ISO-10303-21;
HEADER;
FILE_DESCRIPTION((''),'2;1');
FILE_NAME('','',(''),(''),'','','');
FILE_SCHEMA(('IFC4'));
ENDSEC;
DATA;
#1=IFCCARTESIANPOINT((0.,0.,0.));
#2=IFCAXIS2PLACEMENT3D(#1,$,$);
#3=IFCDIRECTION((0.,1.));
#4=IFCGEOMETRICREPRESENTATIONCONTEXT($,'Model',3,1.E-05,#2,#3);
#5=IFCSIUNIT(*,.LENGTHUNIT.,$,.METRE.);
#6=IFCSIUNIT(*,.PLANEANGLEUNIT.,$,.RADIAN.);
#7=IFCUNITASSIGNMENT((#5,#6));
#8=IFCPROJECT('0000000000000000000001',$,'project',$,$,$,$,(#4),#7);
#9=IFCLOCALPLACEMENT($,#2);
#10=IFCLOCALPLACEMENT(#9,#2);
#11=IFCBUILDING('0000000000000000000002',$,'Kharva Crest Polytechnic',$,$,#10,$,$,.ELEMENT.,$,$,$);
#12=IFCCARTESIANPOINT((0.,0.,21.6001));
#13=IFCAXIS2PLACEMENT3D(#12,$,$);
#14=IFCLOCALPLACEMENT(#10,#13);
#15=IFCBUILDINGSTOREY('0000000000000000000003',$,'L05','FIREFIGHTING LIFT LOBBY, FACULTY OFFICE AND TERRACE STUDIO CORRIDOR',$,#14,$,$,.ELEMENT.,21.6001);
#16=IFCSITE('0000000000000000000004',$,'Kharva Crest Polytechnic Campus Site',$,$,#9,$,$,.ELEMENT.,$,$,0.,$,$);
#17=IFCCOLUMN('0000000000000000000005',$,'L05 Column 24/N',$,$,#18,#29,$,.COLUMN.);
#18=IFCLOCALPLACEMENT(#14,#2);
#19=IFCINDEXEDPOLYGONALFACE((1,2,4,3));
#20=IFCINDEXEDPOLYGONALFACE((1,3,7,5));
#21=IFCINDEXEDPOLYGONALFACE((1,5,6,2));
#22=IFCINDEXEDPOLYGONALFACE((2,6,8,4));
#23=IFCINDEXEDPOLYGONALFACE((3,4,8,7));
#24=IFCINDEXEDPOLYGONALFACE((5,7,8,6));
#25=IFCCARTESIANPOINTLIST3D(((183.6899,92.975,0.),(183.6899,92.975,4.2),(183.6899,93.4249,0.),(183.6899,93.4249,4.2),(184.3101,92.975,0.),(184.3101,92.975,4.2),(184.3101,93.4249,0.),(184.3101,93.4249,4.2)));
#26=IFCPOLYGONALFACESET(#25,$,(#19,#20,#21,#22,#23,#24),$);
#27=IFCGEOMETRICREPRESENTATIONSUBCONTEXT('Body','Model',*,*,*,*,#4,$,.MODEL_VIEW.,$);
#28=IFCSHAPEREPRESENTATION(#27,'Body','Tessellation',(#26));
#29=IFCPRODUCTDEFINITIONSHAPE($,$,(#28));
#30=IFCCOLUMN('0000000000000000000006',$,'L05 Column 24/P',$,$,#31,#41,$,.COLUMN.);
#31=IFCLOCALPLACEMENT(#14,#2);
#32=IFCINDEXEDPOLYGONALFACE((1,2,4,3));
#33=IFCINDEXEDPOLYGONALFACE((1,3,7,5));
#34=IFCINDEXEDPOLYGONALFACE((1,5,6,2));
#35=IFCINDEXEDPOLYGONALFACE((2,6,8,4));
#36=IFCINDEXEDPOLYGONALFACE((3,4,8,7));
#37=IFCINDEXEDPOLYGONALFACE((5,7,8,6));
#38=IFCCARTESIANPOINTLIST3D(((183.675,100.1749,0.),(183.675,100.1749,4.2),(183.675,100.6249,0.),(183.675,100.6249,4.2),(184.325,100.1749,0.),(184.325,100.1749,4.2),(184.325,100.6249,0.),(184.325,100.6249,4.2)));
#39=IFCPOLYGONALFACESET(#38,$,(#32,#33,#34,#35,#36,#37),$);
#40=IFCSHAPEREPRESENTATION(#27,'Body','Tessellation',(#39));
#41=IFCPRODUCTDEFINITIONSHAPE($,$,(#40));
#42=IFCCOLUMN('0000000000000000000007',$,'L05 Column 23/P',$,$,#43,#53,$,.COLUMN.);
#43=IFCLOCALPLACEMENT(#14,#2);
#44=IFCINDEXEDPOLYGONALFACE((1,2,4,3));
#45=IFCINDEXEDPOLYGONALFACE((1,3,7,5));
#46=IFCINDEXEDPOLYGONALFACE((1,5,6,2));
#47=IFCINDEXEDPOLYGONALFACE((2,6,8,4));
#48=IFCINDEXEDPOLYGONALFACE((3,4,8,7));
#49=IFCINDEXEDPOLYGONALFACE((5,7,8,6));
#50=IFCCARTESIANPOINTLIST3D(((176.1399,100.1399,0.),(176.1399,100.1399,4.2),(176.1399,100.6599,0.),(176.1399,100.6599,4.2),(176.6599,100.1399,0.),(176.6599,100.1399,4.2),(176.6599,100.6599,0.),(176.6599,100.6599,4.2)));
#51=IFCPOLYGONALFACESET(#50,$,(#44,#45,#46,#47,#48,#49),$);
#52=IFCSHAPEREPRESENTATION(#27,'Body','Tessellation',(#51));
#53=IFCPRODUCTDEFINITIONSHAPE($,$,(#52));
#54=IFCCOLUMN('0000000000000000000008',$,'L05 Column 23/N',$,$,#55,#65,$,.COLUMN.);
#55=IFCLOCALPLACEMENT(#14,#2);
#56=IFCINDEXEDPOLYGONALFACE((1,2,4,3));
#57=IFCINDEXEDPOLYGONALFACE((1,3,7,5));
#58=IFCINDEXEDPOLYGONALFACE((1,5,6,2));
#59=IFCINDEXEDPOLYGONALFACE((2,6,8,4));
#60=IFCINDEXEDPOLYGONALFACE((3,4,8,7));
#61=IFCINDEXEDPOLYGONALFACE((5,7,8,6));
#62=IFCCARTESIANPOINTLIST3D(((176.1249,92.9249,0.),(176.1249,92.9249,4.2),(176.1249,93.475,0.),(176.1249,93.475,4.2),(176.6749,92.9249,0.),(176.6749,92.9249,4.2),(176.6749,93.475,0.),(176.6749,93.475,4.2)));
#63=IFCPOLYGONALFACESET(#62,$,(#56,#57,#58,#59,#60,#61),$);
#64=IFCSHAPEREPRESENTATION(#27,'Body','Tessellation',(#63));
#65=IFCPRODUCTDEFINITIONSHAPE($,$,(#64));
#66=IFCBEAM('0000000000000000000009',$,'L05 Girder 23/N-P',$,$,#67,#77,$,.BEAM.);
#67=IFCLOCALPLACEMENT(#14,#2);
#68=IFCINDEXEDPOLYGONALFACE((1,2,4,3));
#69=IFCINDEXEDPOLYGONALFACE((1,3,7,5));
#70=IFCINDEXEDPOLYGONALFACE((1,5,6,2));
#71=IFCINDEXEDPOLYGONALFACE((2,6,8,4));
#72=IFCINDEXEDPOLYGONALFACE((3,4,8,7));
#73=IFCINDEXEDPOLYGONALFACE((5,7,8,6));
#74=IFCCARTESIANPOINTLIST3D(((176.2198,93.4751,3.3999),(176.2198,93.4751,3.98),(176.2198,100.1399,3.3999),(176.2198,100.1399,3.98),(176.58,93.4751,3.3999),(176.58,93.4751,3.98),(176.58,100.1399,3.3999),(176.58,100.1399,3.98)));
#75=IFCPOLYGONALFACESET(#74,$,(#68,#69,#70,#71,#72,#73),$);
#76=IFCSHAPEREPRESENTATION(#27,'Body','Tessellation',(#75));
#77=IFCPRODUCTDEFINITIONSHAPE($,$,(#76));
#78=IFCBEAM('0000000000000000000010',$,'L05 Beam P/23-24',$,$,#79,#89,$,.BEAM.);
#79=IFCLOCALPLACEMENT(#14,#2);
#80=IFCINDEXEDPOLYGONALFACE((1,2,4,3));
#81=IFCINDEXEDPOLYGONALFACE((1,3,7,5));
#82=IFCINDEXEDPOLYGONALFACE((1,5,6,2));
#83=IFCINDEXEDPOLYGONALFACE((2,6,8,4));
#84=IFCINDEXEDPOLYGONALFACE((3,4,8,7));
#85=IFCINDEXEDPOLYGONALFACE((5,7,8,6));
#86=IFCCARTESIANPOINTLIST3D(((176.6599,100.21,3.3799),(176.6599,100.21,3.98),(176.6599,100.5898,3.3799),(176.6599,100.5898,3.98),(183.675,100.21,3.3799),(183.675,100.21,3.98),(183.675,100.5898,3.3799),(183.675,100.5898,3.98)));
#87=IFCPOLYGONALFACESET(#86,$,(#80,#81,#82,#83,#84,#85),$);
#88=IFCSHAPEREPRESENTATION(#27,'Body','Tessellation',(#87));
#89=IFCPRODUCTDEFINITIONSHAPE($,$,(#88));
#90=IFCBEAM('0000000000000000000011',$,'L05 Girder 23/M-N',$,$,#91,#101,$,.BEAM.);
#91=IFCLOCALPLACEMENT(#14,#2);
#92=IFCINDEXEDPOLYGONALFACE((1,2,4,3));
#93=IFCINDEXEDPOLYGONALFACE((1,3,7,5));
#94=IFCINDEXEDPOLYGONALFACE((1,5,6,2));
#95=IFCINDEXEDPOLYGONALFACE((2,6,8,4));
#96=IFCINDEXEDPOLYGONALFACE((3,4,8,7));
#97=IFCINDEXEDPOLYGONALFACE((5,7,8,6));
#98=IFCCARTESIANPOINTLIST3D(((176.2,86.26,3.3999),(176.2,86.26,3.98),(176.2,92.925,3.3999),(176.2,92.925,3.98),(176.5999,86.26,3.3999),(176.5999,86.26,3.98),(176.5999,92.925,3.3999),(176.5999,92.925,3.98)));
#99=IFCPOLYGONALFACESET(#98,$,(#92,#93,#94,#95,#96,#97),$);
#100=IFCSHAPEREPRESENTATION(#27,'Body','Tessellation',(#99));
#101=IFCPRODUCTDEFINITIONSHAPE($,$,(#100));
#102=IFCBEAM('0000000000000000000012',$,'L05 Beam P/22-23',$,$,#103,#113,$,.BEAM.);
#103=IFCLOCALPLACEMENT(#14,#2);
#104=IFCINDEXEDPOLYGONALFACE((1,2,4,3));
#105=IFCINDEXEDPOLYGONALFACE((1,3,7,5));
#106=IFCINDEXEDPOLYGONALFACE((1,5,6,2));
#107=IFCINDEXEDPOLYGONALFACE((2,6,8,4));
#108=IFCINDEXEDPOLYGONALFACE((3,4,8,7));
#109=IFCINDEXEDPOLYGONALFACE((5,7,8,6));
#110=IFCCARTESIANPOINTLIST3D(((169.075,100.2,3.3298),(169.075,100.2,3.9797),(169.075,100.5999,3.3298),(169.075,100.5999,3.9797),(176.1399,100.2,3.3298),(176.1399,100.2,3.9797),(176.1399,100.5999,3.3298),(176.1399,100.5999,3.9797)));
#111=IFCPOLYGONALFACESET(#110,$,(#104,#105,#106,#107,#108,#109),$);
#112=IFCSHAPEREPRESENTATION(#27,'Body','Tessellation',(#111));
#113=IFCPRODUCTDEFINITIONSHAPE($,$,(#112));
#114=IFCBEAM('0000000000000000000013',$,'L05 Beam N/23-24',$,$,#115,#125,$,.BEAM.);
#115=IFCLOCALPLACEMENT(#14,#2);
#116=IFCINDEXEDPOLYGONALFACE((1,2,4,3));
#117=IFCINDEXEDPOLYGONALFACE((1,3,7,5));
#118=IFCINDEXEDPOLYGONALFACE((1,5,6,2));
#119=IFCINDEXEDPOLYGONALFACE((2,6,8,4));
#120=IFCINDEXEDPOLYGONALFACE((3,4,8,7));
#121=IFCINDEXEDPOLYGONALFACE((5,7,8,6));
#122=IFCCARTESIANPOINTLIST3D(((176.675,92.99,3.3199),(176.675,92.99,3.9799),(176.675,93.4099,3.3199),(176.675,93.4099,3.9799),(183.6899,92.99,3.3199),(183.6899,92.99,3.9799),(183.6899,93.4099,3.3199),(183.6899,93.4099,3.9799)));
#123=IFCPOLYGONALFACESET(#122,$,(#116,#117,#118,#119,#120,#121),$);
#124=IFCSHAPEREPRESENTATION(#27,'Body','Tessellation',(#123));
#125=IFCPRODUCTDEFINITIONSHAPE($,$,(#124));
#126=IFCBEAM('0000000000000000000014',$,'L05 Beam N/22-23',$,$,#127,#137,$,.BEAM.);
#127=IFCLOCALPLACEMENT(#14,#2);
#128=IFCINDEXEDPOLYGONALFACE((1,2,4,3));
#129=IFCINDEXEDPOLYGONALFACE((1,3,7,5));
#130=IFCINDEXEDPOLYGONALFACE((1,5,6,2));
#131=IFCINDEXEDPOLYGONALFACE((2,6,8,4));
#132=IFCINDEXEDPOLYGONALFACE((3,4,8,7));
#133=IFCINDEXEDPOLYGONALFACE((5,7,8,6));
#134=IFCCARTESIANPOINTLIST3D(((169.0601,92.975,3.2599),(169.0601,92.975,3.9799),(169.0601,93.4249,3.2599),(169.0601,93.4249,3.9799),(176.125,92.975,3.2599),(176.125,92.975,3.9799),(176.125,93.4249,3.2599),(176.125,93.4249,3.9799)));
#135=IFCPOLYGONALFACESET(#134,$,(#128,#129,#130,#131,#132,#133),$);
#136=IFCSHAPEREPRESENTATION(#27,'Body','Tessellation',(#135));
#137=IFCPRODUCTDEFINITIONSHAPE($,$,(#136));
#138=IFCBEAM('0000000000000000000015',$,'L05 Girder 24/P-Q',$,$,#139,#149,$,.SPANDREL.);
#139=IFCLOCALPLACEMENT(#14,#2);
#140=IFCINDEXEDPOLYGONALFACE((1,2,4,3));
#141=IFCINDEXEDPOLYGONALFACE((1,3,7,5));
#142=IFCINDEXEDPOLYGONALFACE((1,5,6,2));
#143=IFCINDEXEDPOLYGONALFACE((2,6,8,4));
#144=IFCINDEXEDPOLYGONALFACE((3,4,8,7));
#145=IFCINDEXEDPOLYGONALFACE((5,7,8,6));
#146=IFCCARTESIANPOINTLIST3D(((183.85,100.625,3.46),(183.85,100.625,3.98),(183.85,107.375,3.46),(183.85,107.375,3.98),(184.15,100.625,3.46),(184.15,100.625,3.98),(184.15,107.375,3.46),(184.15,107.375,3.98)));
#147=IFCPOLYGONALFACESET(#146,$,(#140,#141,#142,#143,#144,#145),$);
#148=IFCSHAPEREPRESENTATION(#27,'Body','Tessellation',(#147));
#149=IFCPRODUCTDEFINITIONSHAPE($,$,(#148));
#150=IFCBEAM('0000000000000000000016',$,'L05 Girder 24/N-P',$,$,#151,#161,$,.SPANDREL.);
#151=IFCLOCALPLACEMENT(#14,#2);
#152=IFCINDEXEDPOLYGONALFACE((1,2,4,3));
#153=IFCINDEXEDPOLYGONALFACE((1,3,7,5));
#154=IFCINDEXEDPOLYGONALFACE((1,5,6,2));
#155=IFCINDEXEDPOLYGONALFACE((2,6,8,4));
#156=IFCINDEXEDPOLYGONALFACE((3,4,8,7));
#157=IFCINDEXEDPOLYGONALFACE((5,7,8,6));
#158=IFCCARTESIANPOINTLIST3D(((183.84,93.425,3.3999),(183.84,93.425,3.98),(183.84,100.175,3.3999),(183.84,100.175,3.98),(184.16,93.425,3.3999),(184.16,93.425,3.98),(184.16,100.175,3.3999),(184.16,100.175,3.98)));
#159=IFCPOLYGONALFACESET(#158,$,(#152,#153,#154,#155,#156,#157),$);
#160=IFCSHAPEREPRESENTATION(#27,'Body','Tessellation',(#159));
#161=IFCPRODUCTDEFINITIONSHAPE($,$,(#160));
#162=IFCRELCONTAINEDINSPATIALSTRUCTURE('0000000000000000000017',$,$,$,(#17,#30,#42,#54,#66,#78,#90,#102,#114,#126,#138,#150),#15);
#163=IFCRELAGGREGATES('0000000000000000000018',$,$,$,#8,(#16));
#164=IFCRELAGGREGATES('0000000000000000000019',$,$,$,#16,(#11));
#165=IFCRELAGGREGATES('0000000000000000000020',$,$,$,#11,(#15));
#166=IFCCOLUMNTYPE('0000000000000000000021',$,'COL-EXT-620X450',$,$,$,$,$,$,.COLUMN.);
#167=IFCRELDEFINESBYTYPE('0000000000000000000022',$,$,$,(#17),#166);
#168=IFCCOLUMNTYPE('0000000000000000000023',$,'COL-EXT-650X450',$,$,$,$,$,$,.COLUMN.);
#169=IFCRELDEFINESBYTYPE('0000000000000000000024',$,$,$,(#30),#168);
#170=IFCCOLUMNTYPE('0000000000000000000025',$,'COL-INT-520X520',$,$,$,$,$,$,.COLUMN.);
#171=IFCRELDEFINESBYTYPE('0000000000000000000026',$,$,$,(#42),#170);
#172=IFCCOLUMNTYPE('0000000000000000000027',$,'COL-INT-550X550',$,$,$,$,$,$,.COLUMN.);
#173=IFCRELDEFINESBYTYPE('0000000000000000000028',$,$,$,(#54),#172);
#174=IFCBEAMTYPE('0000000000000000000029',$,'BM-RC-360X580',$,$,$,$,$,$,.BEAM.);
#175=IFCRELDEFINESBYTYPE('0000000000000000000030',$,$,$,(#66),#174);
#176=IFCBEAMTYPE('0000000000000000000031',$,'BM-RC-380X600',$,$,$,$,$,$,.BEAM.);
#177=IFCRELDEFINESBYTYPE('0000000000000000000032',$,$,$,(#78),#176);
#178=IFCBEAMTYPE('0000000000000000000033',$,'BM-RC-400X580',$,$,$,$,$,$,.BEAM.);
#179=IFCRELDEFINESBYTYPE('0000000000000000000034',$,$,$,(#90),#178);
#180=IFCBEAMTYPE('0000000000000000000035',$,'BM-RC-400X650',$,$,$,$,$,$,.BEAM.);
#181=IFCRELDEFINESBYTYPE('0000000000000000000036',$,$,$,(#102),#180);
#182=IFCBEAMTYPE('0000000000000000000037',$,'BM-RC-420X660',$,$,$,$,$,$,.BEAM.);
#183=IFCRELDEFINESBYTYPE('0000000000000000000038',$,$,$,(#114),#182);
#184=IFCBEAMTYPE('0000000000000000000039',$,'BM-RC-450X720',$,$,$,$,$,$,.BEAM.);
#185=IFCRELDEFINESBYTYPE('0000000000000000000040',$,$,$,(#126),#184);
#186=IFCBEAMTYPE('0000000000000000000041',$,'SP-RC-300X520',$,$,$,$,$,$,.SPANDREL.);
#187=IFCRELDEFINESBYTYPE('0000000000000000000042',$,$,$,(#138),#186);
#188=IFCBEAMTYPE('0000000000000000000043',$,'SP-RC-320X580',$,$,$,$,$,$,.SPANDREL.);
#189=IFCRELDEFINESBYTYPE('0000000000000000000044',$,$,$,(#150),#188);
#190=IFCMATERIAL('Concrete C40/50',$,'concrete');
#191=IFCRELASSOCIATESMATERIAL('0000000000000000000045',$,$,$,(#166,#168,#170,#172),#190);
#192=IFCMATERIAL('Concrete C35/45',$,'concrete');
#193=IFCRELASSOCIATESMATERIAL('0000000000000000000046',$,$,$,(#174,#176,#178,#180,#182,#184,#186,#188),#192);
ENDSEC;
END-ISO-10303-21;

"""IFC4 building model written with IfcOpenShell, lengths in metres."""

from ifc_helpers import new_model, si_unit, direction, frame, origin, origin_2d, place, context, subcontext, project, spatial, rectangle, extrude, material, material_profile, profile_set, type_object, element, save


model = new_model("IFC4")

# Units and contexts
model_context = context("Model", 3, precision=1e-05, world=origin(), true_north=direction((0.0, 1.0)))
body_context = subcontext(model_context, "Body", "Model", "MODEL_VIEW")
ifc_project = project(units=[si_unit("LENGTHUNIT", "METRE"), si_unit("PLANEANGLEUNIT", "RADIAN")], contexts=[model_context])

# Site, building, storey
site_placement = place(None, origin())
site = spatial("IfcSite", under=ifc_project, at=site_placement, Name="Kharva Crest Polytechnic Campus Site", CompositionType="ELEMENT", RefElevation=0.0)
building_placement = place(site_placement, origin())
building = spatial("IfcBuilding", under=site, at=building_placement, Name="Kharva Crest Polytechnic", CompositionType="ELEMENT")
storey_placement = place(building_placement, frame((0.0, 0.0, 21.6001)))
storey = spatial("IfcBuildingStorey", under=building, at=storey_placement, Name="L05", Description="FIREFIGHTING LIFT LOBBY, FACULTY OFFICE AND TERRACE STUDIO CORRIDOR", CompositionType="ELEMENT", Elevation=21.6001)

# Columns
ifc_material_1 = material(Name="Concrete C40/50", Category="concrete")
ifc_material_profile_1 = material_profile(ifc_material_1, rectangle(XDim=0.6201, YDim=0.45, at=origin_2d()), Name="RECT 620 X 450")
ifc_profile_set_1 = profile_set([ifc_material_profile_1], Name="Concrete C40/50")
column_type_1 = type_object("IfcColumnType", Name="COL-EXT-620X450", PredefinedType="COLUMN", material=ifc_profile_set_1)
column_1_placement = place(storey_placement, frame((184.0, 93.2, 0.0), z_axis=(0.0, 0.0, 1.0), x_axis=(1.0, 0.0, 0.0)))
element("IfcColumn", 1, at=column_1_placement, inside=storey, type_object=column_type_1, Name="L05 Column 24/N", PredefinedType="COLUMN", context=body_context, shape_type="SweptSolid", body=[
    extrude(rectangle(XDim=0.6201, YDim=0.45, at=origin_2d()), origin(), (0.0, 0.0, 1.0), 4.2),
])
ifc_material_profile_2 = material_profile(ifc_material_1, rectangle(XDim=0.6499, YDim=0.45, at=origin_2d()), Name="RECT 650 X 450")
ifc_profile_set_2 = profile_set([ifc_material_profile_2], Name="Concrete C40/50")
column_type_2 = type_object("IfcColumnType", Name="COL-EXT-650X450", PredefinedType="COLUMN", material=ifc_profile_set_2)
column_2_placement = place(storey_placement, frame((184.0, 100.3999, 0.0), z_axis=(0.0, 0.0, 1.0), x_axis=(1.0, 0.0, 0.0)))
element("IfcColumn", 2, at=column_2_placement, inside=storey, type_object=column_type_2, Name="L05 Column 24/P", PredefinedType="COLUMN", context=body_context, shape_type="SweptSolid", body=[
    extrude(rectangle(XDim=0.6499, YDim=0.45, at=origin_2d()), origin(), (0.0, 0.0, 1.0), 4.2),
])
ifc_material_profile_3 = material_profile(ifc_material_1, rectangle(XDim=0.52, YDim=0.52, at=origin_2d()), Name="RECT 520 X 520")
ifc_profile_set_3 = profile_set([ifc_material_profile_3], Name="Concrete C40/50")
column_type_3 = type_object("IfcColumnType", Name="COL-INT-520X520", PredefinedType="COLUMN", material=ifc_profile_set_3)
column_3_placement = place(storey_placement, frame((176.3999, 100.3999, 0.0), z_axis=(0.0, 0.0, 1.0), x_axis=(1.0, 0.0, 0.0)))
element("IfcColumn", 3, at=column_3_placement, inside=storey, type_object=column_type_3, Name="L05 Column 23/P", PredefinedType="COLUMN", context=body_context, shape_type="SweptSolid", body=[
    extrude(rectangle(XDim=0.52, YDim=0.52, at=origin_2d()), origin(), (0.0, 0.0, 1.0), 4.2),
])
ifc_material_profile_4 = material_profile(ifc_material_1, rectangle(XDim=0.55, YDim=0.55, at=origin_2d()), Name="RECT 550 X 550")
ifc_profile_set_4 = profile_set([ifc_material_profile_4], Name="Concrete C40/50")
column_type_4 = type_object("IfcColumnType", Name="COL-INT-550X550", PredefinedType="COLUMN", material=ifc_profile_set_4)
column_4_placement = place(storey_placement, frame((176.3999, 93.2, 0.0), z_axis=(0.0, 0.0, 1.0), x_axis=(1.0, 0.0, 0.0)))
element("IfcColumn", 4, at=column_4_placement, inside=storey, type_object=column_type_4, Name="L05 Column 23/N", PredefinedType="COLUMN", context=body_context, shape_type="SweptSolid", body=[
    extrude(rectangle(XDim=0.55, YDim=0.55, at=origin_2d()), origin(), (0.0, 0.0, 1.0), 4.2),
])

# Beams
ifc_material_2 = material(Name="Concrete C35/45", Category="concrete")
ifc_material_profile_5 = material_profile(ifc_material_2, rectangle(XDim=0.3601, YDim=0.5801, at=origin_2d()), Name="RECT 360 X 580")
ifc_profile_set_5 = profile_set([ifc_material_profile_5], Name="Concrete C35/45")
beam_type_1 = type_object("IfcBeamType", Name="BM-RC-360X580", PredefinedType="BEAM", material=ifc_profile_set_5)
beam_1_placement = place(storey_placement, frame((176.3999, 93.4751, 3.6899), z_axis=(0.0, 1.0, 0.0), x_axis=(-1.0, 0.0, 0.0)))
element("IfcBeam", 5, at=beam_1_placement, inside=storey, type_object=beam_type_1, Name="L05 Girder 23/N-P", PredefinedType="BEAM", context=body_context, shape_type="SweptSolid", body=[
    extrude(rectangle(XDim=0.3601, YDim=0.5801, at=origin_2d()), origin(), (0.0, 0.0, 1.0), 6.6648),
])
ifc_material_profile_6 = material_profile(ifc_material_2, rectangle(XDim=0.3799, YDim=0.6001, at=origin_2d()), Name="RECT 380 X 600")
ifc_profile_set_6 = profile_set([ifc_material_profile_6], Name="Concrete C35/45")
beam_type_2 = type_object("IfcBeamType", Name="BM-RC-380X600", PredefinedType="BEAM", material=ifc_profile_set_6)
beam_2_placement = place(storey_placement, frame((176.6599, 100.3999, 3.6799), z_axis=(1.0, 0.0, 0.0), x_axis=(0.0, 1.0, 0.0)))
element("IfcBeam", 6, at=beam_2_placement, inside=storey, type_object=beam_type_2, Name="L05 Beam P/23-24", PredefinedType="BEAM", context=body_context, shape_type="SweptSolid", body=[
    extrude(rectangle(XDim=0.3799, YDim=0.6001, at=origin_2d()), origin(), (0.0, 0.0, 1.0), 7.0151),
])
ifc_material_profile_7 = material_profile(ifc_material_2, rectangle(XDim=0.3999, YDim=0.5801, at=origin_2d()), Name="RECT 400 X 580")
ifc_profile_set_7 = profile_set([ifc_material_profile_7], Name="Concrete C35/45")
beam_type_3 = type_object("IfcBeamType", Name="BM-RC-400X580", PredefinedType="BEAM", material=ifc_profile_set_7)
beam_3_placement = place(storey_placement, frame((176.3999, 86.26, 3.6899), z_axis=(0.0, 1.0, 0.0), x_axis=(-1.0, 0.0, 0.0)))
element("IfcBeam", 7, at=beam_3_placement, inside=storey, type_object=beam_type_3, Name="L05 Girder 23/M-N", PredefinedType="BEAM", context=body_context, shape_type="SweptSolid", body=[
    extrude(rectangle(XDim=0.3999, YDim=0.5801, at=origin_2d()), origin(), (0.0, 0.0, 1.0), 6.665),
])
ifc_material_profile_8 = material_profile(ifc_material_2, rectangle(XDim=0.3999, YDim=0.6499, at=origin_2d()), Name="RECT 400 X 650")
ifc_profile_set_8 = profile_set([ifc_material_profile_8], Name="Concrete C35/45")
beam_type_4 = type_object("IfcBeamType", Name="BM-RC-400X650", PredefinedType="BEAM", material=ifc_profile_set_8)
beam_4_placement = place(storey_placement, frame((169.075, 100.3999, 3.6548), z_axis=(1.0, 0.0, 0.0), x_axis=(0.0, 1.0, 0.0)))
element("IfcBeam", 8, at=beam_4_placement, inside=storey, type_object=beam_type_4, Name="L05 Beam P/22-23", PredefinedType="BEAM", context=body_context, shape_type="SweptSolid", body=[
    extrude(rectangle(XDim=0.3999, YDim=0.6499, at=origin_2d()), origin(), (0.0, 0.0, 1.0), 7.0649),
])
ifc_material_profile_9 = material_profile(ifc_material_2, rectangle(XDim=0.4199, YDim=0.6599, at=origin_2d()), Name="RECT 420 X 660")
ifc_profile_set_9 = profile_set([ifc_material_profile_9], Name="Concrete C35/45")
beam_type_5 = type_object("IfcBeamType", Name="BM-RC-420X660", PredefinedType="BEAM", material=ifc_profile_set_9)
beam_5_placement = place(storey_placement, frame((176.675, 93.2, 3.6499), z_axis=(1.0, 0.0, 0.0), x_axis=(0.0, 1.0, 0.0)))
element("IfcBeam", 9, at=beam_5_placement, inside=storey, type_object=beam_type_5, Name="L05 Beam N/23-24", PredefinedType="BEAM", context=body_context, shape_type="SweptSolid", body=[
    extrude(rectangle(XDim=0.4199, YDim=0.6599, at=origin_2d()), origin(), (0.0, 0.0, 1.0), 7.0149),
])
ifc_material_profile_10 = material_profile(ifc_material_2, rectangle(XDim=0.45, YDim=0.72, at=origin_2d()), Name="RECT 450 X 720")
ifc_profile_set_10 = profile_set([ifc_material_profile_10], Name="Concrete C35/45")
beam_type_6 = type_object("IfcBeamType", Name="BM-RC-450X720", PredefinedType="BEAM", material=ifc_profile_set_10)
beam_6_placement = place(storey_placement, frame((169.0601, 93.2, 3.6199), z_axis=(1.0, 0.0, 0.0), x_axis=(0.0, 1.0, 0.0)))
element("IfcBeam", 10, at=beam_6_placement, inside=storey, type_object=beam_type_6, Name="L05 Beam N/22-23", PredefinedType="BEAM", context=body_context, shape_type="SweptSolid", body=[
    extrude(rectangle(XDim=0.45, YDim=0.72, at=origin_2d()), origin(), (0.0, 0.0, 1.0), 7.0649),
])
ifc_material_profile_11 = material_profile(ifc_material_2, rectangle(XDim=0.3, YDim=0.52, at=origin_2d()), Name="RECT 300 X 520")
ifc_profile_set_11 = profile_set([ifc_material_profile_11], Name="Concrete C35/45")
beam_type_7 = type_object("IfcBeamType", Name="SP-RC-300X520", PredefinedType="SPANDREL", material=ifc_profile_set_11)
beam_7_placement = place(storey_placement, frame((184.0, 100.625, 3.72), z_axis=(0.0, 1.0, 0.0), x_axis=(-1.0, 0.0, 0.0)))
element("IfcBeam", 11, at=beam_7_placement, inside=storey, type_object=beam_type_7, Name="L05 Girder 24/P-Q", PredefinedType="SPANDREL", context=body_context, shape_type="SweptSolid", body=[
    extrude(rectangle(XDim=0.3, YDim=0.52, at=origin_2d()), origin(), (0.0, 0.0, 1.0), 6.75),
])
ifc_material_profile_12 = material_profile(ifc_material_2, rectangle(XDim=0.3201, YDim=0.5801, at=origin_2d()), Name="RECT 320 X 580")
ifc_profile_set_12 = profile_set([ifc_material_profile_12], Name="Concrete C35/45")
beam_type_8 = type_object("IfcBeamType", Name="SP-RC-320X580", PredefinedType="SPANDREL", material=ifc_profile_set_12)
beam_8_placement = place(storey_placement, frame((184.0, 93.425, 3.6899), z_axis=(0.0, 1.0, 0.0), x_axis=(-1.0, 0.0, 0.0)))
element("IfcBeam", 12, at=beam_8_placement, inside=storey, type_object=beam_type_8, Name="L05 Girder 24/N-P", PredefinedType="SPANDREL", context=body_context, shape_type="SweptSolid", body=[
    extrude(rectangle(XDim=0.3201, YDim=0.5801, at=origin_2d()), origin(), (0.0, 0.0, 1.0), 6.75),
])

save(model, "model.ifc")
